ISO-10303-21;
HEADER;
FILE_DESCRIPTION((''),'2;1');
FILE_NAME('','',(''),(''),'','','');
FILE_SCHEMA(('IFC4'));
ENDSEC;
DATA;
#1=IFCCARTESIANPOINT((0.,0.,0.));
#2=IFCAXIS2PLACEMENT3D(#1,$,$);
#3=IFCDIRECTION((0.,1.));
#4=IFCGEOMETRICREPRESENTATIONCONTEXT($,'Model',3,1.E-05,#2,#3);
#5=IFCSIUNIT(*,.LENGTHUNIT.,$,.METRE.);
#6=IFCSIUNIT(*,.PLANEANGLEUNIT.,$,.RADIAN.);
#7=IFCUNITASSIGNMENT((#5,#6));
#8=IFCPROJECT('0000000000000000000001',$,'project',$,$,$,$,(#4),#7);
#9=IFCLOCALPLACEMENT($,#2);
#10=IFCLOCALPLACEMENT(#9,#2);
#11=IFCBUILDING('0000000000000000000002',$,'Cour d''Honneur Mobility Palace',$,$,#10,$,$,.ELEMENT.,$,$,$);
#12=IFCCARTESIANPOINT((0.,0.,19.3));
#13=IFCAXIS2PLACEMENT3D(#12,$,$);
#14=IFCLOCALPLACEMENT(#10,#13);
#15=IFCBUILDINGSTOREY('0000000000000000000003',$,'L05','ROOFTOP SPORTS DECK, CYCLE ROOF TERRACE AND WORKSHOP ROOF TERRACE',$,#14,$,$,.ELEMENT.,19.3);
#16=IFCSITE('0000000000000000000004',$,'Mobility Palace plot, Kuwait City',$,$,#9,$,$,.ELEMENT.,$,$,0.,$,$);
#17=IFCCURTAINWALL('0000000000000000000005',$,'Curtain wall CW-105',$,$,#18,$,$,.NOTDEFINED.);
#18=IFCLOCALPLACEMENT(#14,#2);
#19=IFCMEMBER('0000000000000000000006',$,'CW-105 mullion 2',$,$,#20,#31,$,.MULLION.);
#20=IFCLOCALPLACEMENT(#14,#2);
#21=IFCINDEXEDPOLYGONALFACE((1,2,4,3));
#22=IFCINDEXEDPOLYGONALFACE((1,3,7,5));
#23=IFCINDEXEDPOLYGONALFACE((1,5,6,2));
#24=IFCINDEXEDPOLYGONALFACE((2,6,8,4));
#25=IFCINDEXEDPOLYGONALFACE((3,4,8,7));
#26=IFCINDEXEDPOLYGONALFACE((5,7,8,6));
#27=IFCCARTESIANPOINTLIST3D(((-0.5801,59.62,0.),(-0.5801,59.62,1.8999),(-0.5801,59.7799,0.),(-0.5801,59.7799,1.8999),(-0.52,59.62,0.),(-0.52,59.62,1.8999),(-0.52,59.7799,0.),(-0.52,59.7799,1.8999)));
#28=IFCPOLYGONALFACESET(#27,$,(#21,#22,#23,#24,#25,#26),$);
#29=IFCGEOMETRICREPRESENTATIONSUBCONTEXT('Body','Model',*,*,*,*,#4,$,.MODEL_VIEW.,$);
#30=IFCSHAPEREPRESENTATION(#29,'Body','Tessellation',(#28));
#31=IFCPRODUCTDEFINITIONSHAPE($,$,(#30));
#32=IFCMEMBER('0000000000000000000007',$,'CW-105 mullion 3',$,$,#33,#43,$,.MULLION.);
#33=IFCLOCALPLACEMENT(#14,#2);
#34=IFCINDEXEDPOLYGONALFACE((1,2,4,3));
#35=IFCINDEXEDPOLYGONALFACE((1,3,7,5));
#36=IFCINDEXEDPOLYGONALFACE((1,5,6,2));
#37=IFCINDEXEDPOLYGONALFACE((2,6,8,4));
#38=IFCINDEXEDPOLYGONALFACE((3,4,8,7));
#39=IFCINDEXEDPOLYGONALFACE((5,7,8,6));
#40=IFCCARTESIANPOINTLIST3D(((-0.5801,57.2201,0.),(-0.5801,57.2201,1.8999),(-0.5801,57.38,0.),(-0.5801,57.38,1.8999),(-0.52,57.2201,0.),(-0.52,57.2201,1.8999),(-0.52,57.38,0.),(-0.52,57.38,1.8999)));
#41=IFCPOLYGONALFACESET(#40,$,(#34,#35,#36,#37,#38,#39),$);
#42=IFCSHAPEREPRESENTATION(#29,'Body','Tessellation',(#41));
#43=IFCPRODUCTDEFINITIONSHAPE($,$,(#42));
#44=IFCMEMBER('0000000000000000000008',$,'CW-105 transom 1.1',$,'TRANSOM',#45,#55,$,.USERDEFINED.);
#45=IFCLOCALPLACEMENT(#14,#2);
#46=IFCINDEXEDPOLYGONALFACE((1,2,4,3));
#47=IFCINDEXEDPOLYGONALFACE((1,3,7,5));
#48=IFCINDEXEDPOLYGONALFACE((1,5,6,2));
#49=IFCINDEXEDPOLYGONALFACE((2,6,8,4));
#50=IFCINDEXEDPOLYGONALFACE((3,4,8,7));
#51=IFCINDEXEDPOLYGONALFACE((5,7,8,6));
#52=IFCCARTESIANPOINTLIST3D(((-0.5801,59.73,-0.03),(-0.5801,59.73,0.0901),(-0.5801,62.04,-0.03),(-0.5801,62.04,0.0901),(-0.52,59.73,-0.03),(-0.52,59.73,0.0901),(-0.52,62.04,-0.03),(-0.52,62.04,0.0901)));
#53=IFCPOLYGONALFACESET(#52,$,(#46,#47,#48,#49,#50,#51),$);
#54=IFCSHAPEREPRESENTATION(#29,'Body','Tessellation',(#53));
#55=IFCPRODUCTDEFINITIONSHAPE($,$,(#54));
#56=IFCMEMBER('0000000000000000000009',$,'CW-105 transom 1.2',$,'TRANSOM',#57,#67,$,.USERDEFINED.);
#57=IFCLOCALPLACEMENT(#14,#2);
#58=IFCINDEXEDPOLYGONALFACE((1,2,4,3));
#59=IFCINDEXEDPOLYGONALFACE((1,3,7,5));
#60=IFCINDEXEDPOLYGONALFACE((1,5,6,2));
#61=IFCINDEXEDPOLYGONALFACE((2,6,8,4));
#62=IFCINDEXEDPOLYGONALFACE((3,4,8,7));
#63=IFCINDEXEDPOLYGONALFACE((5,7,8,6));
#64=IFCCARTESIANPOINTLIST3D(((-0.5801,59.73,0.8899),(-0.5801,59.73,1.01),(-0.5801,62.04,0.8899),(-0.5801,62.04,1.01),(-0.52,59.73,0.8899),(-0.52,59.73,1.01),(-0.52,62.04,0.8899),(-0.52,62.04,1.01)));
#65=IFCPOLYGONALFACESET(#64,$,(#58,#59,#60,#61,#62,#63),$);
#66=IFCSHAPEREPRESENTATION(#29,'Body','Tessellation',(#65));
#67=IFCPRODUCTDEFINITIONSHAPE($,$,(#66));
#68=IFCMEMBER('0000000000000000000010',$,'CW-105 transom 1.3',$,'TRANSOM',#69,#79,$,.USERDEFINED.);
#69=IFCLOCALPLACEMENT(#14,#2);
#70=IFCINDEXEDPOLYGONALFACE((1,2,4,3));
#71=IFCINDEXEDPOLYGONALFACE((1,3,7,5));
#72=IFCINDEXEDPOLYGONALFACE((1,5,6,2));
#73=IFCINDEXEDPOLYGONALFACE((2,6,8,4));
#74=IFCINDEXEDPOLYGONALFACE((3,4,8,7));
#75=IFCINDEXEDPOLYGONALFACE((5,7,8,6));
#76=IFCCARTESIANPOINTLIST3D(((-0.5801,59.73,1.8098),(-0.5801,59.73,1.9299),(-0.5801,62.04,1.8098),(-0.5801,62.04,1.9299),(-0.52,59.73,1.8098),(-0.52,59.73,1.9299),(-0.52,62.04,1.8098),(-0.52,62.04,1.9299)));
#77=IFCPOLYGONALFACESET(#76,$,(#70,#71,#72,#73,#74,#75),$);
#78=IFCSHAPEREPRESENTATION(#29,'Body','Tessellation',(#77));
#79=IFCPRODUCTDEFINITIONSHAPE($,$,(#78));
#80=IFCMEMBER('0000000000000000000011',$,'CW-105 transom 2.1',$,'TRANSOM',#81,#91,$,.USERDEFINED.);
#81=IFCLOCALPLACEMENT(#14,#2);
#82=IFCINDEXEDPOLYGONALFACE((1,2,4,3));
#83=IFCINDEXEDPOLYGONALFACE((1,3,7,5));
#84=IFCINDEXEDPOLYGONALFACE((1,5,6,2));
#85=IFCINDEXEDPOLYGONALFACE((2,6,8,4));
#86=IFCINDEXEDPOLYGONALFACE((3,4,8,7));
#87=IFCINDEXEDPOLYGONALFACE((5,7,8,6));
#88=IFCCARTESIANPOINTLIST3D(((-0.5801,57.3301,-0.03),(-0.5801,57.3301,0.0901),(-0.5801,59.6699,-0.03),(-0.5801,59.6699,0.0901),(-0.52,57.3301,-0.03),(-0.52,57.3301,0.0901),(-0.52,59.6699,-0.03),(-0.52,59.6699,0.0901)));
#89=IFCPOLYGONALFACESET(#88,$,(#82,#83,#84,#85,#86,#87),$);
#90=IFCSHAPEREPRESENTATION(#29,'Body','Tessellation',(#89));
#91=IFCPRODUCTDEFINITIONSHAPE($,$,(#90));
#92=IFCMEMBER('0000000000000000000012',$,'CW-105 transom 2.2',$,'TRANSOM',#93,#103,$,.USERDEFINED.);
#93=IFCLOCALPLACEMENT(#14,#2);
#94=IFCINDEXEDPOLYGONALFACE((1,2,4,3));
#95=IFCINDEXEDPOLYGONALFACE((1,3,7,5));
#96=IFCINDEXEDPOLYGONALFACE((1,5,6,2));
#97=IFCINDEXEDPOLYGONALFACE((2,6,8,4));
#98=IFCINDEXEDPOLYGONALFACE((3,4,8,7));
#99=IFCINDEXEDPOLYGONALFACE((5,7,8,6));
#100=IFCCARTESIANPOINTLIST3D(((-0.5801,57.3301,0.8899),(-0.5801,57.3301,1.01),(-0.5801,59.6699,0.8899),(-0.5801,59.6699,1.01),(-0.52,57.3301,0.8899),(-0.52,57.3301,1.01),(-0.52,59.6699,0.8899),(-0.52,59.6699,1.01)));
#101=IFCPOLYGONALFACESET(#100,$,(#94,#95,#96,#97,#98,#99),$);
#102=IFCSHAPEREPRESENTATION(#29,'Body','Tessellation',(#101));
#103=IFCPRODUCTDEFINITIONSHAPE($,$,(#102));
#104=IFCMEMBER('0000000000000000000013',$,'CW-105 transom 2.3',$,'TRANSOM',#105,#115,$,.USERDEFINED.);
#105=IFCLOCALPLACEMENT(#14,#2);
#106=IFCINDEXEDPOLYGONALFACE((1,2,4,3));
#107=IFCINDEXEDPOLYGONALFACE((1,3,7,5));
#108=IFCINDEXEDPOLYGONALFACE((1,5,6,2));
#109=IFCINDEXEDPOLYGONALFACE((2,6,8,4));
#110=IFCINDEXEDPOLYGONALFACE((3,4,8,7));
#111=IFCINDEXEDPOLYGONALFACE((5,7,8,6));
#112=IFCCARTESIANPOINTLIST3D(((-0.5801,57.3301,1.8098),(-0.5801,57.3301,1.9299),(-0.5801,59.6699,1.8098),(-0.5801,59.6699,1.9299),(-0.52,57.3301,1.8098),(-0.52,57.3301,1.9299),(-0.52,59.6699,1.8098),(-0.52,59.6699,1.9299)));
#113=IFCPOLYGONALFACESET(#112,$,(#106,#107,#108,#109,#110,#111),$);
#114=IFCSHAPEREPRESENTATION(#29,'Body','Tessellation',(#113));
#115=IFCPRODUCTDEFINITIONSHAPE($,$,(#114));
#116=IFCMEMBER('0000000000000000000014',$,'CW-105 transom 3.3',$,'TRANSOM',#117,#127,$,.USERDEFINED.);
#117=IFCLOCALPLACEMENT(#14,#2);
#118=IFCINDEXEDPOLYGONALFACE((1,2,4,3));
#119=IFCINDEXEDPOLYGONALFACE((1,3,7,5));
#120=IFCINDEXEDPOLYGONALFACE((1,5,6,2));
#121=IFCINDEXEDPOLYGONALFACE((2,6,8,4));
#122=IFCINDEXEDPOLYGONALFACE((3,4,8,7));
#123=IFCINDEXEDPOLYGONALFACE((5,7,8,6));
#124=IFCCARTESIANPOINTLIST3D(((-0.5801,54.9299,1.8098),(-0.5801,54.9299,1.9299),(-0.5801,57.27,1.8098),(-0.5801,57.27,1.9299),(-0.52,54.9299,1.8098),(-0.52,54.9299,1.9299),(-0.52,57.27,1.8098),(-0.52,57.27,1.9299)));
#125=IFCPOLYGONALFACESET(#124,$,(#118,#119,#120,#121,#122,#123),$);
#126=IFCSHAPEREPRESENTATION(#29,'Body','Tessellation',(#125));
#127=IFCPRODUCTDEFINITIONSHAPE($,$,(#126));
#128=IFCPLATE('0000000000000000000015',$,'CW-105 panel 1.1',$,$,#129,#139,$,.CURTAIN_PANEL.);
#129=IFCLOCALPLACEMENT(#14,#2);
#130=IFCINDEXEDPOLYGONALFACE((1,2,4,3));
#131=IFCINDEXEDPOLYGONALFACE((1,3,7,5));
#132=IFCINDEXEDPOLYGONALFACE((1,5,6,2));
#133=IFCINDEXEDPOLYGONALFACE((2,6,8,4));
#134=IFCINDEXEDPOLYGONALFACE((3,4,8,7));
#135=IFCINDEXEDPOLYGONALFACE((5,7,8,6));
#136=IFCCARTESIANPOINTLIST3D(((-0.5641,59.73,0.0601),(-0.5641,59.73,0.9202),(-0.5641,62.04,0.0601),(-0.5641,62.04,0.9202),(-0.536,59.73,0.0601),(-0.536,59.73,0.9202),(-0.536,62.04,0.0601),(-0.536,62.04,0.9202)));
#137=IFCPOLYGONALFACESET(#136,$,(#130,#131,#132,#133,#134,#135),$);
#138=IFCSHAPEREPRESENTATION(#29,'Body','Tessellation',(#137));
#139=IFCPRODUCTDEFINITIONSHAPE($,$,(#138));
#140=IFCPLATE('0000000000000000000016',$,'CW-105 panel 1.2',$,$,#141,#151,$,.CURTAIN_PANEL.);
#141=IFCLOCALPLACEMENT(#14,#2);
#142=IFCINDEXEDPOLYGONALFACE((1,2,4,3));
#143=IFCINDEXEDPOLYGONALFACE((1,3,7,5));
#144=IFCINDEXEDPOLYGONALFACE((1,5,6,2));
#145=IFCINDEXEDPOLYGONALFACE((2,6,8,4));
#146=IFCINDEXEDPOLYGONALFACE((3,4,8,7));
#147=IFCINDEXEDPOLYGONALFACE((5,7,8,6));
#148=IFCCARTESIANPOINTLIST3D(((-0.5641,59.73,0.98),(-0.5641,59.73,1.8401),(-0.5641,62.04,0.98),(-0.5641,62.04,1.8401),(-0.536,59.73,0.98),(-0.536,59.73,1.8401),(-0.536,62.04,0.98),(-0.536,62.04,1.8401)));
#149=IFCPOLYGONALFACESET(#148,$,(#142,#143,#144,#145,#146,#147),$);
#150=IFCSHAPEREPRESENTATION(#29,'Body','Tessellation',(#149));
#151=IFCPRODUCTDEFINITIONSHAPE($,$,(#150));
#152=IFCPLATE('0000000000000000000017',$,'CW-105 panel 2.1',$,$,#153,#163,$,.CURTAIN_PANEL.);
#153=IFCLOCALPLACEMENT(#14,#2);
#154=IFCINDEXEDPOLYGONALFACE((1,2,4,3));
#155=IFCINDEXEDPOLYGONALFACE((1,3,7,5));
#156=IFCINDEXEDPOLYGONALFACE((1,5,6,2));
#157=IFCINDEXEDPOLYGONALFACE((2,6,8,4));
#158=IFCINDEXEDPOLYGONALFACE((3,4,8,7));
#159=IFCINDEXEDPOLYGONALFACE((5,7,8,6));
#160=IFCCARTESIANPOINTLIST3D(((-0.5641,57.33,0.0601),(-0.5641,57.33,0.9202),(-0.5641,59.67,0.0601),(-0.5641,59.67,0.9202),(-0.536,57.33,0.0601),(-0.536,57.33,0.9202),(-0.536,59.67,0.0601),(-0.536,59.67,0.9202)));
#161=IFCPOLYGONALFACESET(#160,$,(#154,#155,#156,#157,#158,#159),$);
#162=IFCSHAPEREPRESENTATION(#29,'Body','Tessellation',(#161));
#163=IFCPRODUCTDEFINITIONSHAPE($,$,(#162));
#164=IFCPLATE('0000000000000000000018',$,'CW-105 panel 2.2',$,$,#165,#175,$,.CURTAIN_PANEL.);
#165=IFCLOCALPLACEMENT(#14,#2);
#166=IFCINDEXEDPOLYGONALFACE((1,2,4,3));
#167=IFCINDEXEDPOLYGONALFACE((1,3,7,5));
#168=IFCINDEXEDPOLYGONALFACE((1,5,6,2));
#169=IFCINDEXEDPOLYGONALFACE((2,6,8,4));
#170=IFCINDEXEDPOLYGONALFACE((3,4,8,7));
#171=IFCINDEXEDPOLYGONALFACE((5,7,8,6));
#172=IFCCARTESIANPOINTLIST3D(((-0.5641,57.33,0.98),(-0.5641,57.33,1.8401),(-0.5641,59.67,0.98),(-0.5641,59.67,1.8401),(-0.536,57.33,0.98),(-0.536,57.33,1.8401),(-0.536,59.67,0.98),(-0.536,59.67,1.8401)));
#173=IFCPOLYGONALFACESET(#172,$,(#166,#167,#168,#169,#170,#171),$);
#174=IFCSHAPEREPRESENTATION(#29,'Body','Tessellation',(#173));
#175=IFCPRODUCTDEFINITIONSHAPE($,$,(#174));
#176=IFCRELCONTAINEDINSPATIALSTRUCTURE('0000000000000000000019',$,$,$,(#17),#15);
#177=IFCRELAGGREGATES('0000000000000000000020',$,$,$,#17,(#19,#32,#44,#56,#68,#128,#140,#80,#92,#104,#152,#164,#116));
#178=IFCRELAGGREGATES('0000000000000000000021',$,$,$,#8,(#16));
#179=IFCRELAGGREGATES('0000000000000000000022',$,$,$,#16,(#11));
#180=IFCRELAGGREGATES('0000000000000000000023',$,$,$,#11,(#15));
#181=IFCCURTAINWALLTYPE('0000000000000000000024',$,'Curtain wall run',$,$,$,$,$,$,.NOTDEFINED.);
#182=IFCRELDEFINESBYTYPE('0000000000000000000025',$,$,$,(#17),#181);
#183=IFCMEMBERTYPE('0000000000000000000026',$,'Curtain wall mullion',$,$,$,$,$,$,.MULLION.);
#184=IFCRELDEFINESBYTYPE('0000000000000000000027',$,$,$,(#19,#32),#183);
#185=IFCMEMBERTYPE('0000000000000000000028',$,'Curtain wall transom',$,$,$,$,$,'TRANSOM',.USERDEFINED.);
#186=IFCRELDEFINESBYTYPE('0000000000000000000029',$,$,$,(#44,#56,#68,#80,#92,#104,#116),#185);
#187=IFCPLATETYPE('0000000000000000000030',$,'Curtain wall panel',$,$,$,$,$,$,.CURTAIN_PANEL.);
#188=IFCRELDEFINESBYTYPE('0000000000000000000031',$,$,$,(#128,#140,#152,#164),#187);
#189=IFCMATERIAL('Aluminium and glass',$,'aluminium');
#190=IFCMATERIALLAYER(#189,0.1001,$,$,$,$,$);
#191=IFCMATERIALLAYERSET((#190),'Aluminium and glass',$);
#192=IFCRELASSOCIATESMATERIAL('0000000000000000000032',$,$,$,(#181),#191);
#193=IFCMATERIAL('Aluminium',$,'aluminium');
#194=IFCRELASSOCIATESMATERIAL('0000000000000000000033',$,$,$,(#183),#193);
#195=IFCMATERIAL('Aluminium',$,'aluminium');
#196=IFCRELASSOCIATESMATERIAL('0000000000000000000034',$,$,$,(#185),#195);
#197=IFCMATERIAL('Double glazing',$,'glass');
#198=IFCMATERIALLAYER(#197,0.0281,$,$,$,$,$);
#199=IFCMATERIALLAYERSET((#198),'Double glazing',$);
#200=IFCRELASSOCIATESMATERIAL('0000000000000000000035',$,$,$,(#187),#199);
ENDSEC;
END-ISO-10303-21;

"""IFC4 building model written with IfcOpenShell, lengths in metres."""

from ifc_helpers import new_model, si_unit, direction, frame, origin, origin_2d, place, context, subcontext, project, spatial, rectangle, extrude, material, layer, layer_set, material_profile, profile_set, type_object, element, aggregate, save


model = new_model("IFC4")

# Units and contexts
model_context = context("Model", 3, precision=1e-05, world=origin(), true_north=direction((0.0, 1.0)))
body_context = subcontext(model_context, "Body", "Model", "MODEL_VIEW")
ifc_project = project(units=[si_unit("LENGTHUNIT", "METRE"), si_unit("PLANEANGLEUNIT", "RADIAN")], contexts=[model_context])

# Site, building, storey
site_placement = place(None, origin())
site = spatial("IfcSite", under=ifc_project, at=site_placement, Name="Mobility Palace plot, Kuwait City", CompositionType="ELEMENT", RefElevation=0.0)
building_placement = place(site_placement, origin())
building = spatial("IfcBuilding", under=site, at=building_placement, Name="Cour d'Honneur Mobility Palace", CompositionType="ELEMENT")
storey_placement = place(building_placement, frame((0.0, 0.0, 19.3)))
storey = spatial("IfcBuildingStorey", under=building, at=storey_placement, Name="L05", Description="ROOFTOP SPORTS DECK, CYCLE ROOF TERRACE AND WORKSHOP ROOF TERRACE", CompositionType="ELEMENT", Elevation=19.3)

# Curtain wall, members, plates
ifc_material_1 = material(Name="Aluminium and glass", Category="aluminium")
ifc_layer_1 = layer(ifc_material_1, 0.1001)
ifc_layer_set_1 = layer_set([ifc_layer_1], Name="Aluminium and glass")
curtain_wall_type = type_object("IfcCurtainWallType", Name="Curtain wall run", PredefinedType="NOTDEFINED", material=ifc_layer_set_1)
curtain_wall_placement = place(storey_placement, origin())
curtain_wall = element("IfcCurtainWall", 1, at=curtain_wall_placement, inside=storey, type_object=curtain_wall_type, Name="Curtain wall CW-105", PredefinedType="NOTDEFINED")
ifc_material_2 = material(Name="Aluminium", Category="aluminium")
ifc_material_profile_1 = material_profile(ifc_material_2, rectangle(XDim=0.0601, YDim=0.1599, at=origin_2d()), Name="Curtain wall mullion")
ifc_profile_set_1 = profile_set([ifc_material_profile_1], Name="Aluminium")
member_type_1 = type_object("IfcMemberType", Name="Curtain wall mullion", PredefinedType="MULLION", material=ifc_profile_set_1)
member_1_placement = place(storey_placement, frame((-0.55, 59.7, 0.0), z_axis=(0.0, 0.0, 1.0), x_axis=(1.0, 0.0, 0.0)))
member_1 = element("IfcMember", 2, at=member_1_placement, type_object=member_type_1, Name="CW-105 mullion 2", PredefinedType="MULLION", context=body_context, shape_type="SweptSolid", body=[
    extrude(rectangle(XDim=0.0601, YDim=0.1599, at=origin_2d()), origin(), (0.0, 0.0, 1.0), 1.8999),
])
member_2_placement = place(storey_placement, frame((-0.55, 57.3, 0.0), z_axis=(0.0, 0.0, 1.0), x_axis=(1.0, 0.0, 0.0)))
member_2 = element("IfcMember", 3, at=member_2_placement, type_object=member_type_1, Name="CW-105 mullion 3", PredefinedType="MULLION", context=body_context, shape_type="SweptSolid", body=[
    extrude(rectangle(XDim=0.0601, YDim=0.1599, at=origin_2d()), origin(), (0.0, 0.0, 1.0), 1.8999),
])
ifc_material_3 = material(Name="Aluminium", Category="aluminium")
ifc_material_profile_2 = material_profile(ifc_material_3, rectangle(XDim=0.0601, YDim=0.1201, at=origin_2d()), Name="Curtain wall transom")
ifc_profile_set_2 = profile_set([ifc_material_profile_2], Name="Aluminium")
member_type_2 = type_object("IfcMemberType", Name="Curtain wall transom", ElementType="TRANSOM", PredefinedType="USERDEFINED", material=ifc_profile_set_2)
member_3_placement = place(storey_placement, frame((-0.55, 62.04, 0.03), z_axis=(0.0, -1.0, 0.0), x_axis=(1.0, 0.0, 0.0)))
member_3 = element("IfcMember", 4, at=member_3_placement, type_object=member_type_2, Name="CW-105 transom 1.1", ObjectType="TRANSOM", PredefinedType="USERDEFINED", context=body_context, shape_type="SweptSolid", body=[
    extrude(rectangle(XDim=0.0601, YDim=0.1201, at=origin_2d()), origin(), (0.0, 0.0, 1.0), 2.3101),
])
member_4_placement = place(storey_placement, frame((-0.55, 62.04, 0.95), z_axis=(0.0, -1.0, 0.0), x_axis=(1.0, 0.0, 0.0)))
member_4 = element("IfcMember", 5, at=member_4_placement, type_object=member_type_2, Name="CW-105 transom 1.2", ObjectType="TRANSOM", PredefinedType="USERDEFINED", context=body_context, shape_type="SweptSolid", body=[
    extrude(rectangle(XDim=0.0601, YDim=0.1201, at=origin_2d()), origin(), (0.0, 0.0, 1.0), 2.3101),
])
member_5_placement = place(storey_placement, frame((-0.55, 62.04, 1.8699), z_axis=(0.0, -1.0, 0.0), x_axis=(1.0, 0.0, 0.0)))
member_5 = element("IfcMember", 6, at=member_5_placement, type_object=member_type_2, Name="CW-105 transom 1.3", ObjectType="TRANSOM", PredefinedType="USERDEFINED", context=body_context, shape_type="SweptSolid", body=[
    extrude(rectangle(XDim=0.0601, YDim=0.1201, at=origin_2d()), origin(), (0.0, 0.0, 1.0), 2.3101),
])
member_6_placement = place(storey_placement, frame((-0.55, 59.6699, 0.03), z_axis=(0.0, -1.0, 0.0), x_axis=(1.0, 0.0, 0.0)))
member_6 = element("IfcMember", 7, at=member_6_placement, type_object=member_type_2, Name="CW-105 transom 2.1", ObjectType="TRANSOM", PredefinedType="USERDEFINED", context=body_context, shape_type="SweptSolid", body=[
    extrude(rectangle(XDim=0.0601, YDim=0.1201, at=origin_2d()), origin(), (0.0, 0.0, 1.0), 2.3398),
])
member_7_placement = place(storey_placement, frame((-0.55, 59.6699, 0.95), z_axis=(0.0, -1.0, 0.0), x_axis=(1.0, 0.0, 0.0)))
member_7 = element("IfcMember", 8, at=member_7_placement, type_object=member_type_2, Name="CW-105 transom 2.2", ObjectType="TRANSOM", PredefinedType="USERDEFINED", context=body_context, shape_type="SweptSolid", body=[
    extrude(rectangle(XDim=0.0601, YDim=0.1201, at=origin_2d()), origin(), (0.0, 0.0, 1.0), 2.3398),
])
member_8_placement = place(storey_placement, frame((-0.55, 59.6699, 1.8699), z_axis=(0.0, -1.0, 0.0), x_axis=(1.0, 0.0, 0.0)))
member_8 = element("IfcMember", 9, at=member_8_placement, type_object=member_type_2, Name="CW-105 transom 2.3", ObjectType="TRANSOM", PredefinedType="USERDEFINED", context=body_context, shape_type="SweptSolid", body=[
    extrude(rectangle(XDim=0.0601, YDim=0.1201, at=origin_2d()), origin(), (0.0, 0.0, 1.0), 2.3398),
])
member_9_placement = place(storey_placement, frame((-0.55, 57.27, 1.8699), z_axis=(0.0, -1.0, 0.0), x_axis=(1.0, 0.0, 0.0)))
member_9 = element("IfcMember", 10, at=member_9_placement, type_object=member_type_2, Name="CW-105 transom 3.3", ObjectType="TRANSOM", PredefinedType="USERDEFINED", context=body_context, shape_type="SweptSolid", body=[
    extrude(rectangle(XDim=0.0601, YDim=0.1201, at=origin_2d()), origin(), (0.0, 0.0, 1.0), 2.3401),
])
ifc_material_4 = material(Name="Double glazing", Category="glass")
ifc_layer_2 = layer(ifc_material_4, 0.0281)
ifc_layer_set_2 = layer_set([ifc_layer_2], Name="Double glazing")
plate_type = type_object("IfcPlateType", Name="Curtain wall panel", PredefinedType="CURTAIN_PANEL", material=ifc_layer_set_2)
plate_1_placement = place(storey_placement, frame((-0.55, 60.885, 0.0601), z_axis=(0.0, 0.0, 1.0), x_axis=(0.0, -1.0, 0.0)))
plate_1 = element("IfcPlate", 11, at=plate_1_placement, type_object=plate_type, Name="CW-105 panel 1.1", PredefinedType="CURTAIN_PANEL", context=body_context, shape_type="SweptSolid", body=[
    extrude(rectangle(XDim=2.3101, YDim=0.0281, at=origin_2d()), origin(), (0.0, 0.0, 1.0), 0.8601),
])
plate_2_placement = place(storey_placement, frame((-0.55, 60.885, 0.98), z_axis=(0.0, 0.0, 1.0), x_axis=(0.0, -1.0, 0.0)))
plate_2 = element("IfcPlate", 12, at=plate_2_placement, type_object=plate_type, Name="CW-105 panel 1.2", PredefinedType="CURTAIN_PANEL", context=body_context, shape_type="SweptSolid", body=[
    extrude(rectangle(XDim=2.3101, YDim=0.0281, at=origin_2d()), origin(), (0.0, 0.0, 1.0), 0.8601),
])
plate_3_placement = place(storey_placement, frame((-0.55, 58.5, 0.0601), z_axis=(0.0, 0.0, 1.0), x_axis=(0.0, -1.0, 0.0)))
plate_3 = element("IfcPlate", 13, at=plate_3_placement, type_object=plate_type, Name="CW-105 panel 2.1", PredefinedType="CURTAIN_PANEL", context=body_context, shape_type="SweptSolid", body=[
    extrude(rectangle(XDim=2.3401, YDim=0.0281, at=origin_2d()), origin(), (0.0, 0.0, 1.0), 0.8601),
])
plate_4_placement = place(storey_placement, frame((-0.55, 58.5, 0.98), z_axis=(0.0, 0.0, 1.0), x_axis=(0.0, -1.0, 0.0)))
plate_4 = element("IfcPlate", 14, at=plate_4_placement, type_object=plate_type, Name="CW-105 panel 2.2", PredefinedType="CURTAIN_PANEL", context=body_context, shape_type="SweptSolid", body=[
    extrude(rectangle(XDim=2.3401, YDim=0.0281, at=origin_2d()), origin(), (0.0, 0.0, 1.0), 0.8601),
])
aggregate(curtain_wall, [member_1, member_2, member_3, member_4, member_5, plate_1, plate_2, member_6, member_7, member_8, plate_3, plate_4, member_9])

save(model, "model.ifc")
